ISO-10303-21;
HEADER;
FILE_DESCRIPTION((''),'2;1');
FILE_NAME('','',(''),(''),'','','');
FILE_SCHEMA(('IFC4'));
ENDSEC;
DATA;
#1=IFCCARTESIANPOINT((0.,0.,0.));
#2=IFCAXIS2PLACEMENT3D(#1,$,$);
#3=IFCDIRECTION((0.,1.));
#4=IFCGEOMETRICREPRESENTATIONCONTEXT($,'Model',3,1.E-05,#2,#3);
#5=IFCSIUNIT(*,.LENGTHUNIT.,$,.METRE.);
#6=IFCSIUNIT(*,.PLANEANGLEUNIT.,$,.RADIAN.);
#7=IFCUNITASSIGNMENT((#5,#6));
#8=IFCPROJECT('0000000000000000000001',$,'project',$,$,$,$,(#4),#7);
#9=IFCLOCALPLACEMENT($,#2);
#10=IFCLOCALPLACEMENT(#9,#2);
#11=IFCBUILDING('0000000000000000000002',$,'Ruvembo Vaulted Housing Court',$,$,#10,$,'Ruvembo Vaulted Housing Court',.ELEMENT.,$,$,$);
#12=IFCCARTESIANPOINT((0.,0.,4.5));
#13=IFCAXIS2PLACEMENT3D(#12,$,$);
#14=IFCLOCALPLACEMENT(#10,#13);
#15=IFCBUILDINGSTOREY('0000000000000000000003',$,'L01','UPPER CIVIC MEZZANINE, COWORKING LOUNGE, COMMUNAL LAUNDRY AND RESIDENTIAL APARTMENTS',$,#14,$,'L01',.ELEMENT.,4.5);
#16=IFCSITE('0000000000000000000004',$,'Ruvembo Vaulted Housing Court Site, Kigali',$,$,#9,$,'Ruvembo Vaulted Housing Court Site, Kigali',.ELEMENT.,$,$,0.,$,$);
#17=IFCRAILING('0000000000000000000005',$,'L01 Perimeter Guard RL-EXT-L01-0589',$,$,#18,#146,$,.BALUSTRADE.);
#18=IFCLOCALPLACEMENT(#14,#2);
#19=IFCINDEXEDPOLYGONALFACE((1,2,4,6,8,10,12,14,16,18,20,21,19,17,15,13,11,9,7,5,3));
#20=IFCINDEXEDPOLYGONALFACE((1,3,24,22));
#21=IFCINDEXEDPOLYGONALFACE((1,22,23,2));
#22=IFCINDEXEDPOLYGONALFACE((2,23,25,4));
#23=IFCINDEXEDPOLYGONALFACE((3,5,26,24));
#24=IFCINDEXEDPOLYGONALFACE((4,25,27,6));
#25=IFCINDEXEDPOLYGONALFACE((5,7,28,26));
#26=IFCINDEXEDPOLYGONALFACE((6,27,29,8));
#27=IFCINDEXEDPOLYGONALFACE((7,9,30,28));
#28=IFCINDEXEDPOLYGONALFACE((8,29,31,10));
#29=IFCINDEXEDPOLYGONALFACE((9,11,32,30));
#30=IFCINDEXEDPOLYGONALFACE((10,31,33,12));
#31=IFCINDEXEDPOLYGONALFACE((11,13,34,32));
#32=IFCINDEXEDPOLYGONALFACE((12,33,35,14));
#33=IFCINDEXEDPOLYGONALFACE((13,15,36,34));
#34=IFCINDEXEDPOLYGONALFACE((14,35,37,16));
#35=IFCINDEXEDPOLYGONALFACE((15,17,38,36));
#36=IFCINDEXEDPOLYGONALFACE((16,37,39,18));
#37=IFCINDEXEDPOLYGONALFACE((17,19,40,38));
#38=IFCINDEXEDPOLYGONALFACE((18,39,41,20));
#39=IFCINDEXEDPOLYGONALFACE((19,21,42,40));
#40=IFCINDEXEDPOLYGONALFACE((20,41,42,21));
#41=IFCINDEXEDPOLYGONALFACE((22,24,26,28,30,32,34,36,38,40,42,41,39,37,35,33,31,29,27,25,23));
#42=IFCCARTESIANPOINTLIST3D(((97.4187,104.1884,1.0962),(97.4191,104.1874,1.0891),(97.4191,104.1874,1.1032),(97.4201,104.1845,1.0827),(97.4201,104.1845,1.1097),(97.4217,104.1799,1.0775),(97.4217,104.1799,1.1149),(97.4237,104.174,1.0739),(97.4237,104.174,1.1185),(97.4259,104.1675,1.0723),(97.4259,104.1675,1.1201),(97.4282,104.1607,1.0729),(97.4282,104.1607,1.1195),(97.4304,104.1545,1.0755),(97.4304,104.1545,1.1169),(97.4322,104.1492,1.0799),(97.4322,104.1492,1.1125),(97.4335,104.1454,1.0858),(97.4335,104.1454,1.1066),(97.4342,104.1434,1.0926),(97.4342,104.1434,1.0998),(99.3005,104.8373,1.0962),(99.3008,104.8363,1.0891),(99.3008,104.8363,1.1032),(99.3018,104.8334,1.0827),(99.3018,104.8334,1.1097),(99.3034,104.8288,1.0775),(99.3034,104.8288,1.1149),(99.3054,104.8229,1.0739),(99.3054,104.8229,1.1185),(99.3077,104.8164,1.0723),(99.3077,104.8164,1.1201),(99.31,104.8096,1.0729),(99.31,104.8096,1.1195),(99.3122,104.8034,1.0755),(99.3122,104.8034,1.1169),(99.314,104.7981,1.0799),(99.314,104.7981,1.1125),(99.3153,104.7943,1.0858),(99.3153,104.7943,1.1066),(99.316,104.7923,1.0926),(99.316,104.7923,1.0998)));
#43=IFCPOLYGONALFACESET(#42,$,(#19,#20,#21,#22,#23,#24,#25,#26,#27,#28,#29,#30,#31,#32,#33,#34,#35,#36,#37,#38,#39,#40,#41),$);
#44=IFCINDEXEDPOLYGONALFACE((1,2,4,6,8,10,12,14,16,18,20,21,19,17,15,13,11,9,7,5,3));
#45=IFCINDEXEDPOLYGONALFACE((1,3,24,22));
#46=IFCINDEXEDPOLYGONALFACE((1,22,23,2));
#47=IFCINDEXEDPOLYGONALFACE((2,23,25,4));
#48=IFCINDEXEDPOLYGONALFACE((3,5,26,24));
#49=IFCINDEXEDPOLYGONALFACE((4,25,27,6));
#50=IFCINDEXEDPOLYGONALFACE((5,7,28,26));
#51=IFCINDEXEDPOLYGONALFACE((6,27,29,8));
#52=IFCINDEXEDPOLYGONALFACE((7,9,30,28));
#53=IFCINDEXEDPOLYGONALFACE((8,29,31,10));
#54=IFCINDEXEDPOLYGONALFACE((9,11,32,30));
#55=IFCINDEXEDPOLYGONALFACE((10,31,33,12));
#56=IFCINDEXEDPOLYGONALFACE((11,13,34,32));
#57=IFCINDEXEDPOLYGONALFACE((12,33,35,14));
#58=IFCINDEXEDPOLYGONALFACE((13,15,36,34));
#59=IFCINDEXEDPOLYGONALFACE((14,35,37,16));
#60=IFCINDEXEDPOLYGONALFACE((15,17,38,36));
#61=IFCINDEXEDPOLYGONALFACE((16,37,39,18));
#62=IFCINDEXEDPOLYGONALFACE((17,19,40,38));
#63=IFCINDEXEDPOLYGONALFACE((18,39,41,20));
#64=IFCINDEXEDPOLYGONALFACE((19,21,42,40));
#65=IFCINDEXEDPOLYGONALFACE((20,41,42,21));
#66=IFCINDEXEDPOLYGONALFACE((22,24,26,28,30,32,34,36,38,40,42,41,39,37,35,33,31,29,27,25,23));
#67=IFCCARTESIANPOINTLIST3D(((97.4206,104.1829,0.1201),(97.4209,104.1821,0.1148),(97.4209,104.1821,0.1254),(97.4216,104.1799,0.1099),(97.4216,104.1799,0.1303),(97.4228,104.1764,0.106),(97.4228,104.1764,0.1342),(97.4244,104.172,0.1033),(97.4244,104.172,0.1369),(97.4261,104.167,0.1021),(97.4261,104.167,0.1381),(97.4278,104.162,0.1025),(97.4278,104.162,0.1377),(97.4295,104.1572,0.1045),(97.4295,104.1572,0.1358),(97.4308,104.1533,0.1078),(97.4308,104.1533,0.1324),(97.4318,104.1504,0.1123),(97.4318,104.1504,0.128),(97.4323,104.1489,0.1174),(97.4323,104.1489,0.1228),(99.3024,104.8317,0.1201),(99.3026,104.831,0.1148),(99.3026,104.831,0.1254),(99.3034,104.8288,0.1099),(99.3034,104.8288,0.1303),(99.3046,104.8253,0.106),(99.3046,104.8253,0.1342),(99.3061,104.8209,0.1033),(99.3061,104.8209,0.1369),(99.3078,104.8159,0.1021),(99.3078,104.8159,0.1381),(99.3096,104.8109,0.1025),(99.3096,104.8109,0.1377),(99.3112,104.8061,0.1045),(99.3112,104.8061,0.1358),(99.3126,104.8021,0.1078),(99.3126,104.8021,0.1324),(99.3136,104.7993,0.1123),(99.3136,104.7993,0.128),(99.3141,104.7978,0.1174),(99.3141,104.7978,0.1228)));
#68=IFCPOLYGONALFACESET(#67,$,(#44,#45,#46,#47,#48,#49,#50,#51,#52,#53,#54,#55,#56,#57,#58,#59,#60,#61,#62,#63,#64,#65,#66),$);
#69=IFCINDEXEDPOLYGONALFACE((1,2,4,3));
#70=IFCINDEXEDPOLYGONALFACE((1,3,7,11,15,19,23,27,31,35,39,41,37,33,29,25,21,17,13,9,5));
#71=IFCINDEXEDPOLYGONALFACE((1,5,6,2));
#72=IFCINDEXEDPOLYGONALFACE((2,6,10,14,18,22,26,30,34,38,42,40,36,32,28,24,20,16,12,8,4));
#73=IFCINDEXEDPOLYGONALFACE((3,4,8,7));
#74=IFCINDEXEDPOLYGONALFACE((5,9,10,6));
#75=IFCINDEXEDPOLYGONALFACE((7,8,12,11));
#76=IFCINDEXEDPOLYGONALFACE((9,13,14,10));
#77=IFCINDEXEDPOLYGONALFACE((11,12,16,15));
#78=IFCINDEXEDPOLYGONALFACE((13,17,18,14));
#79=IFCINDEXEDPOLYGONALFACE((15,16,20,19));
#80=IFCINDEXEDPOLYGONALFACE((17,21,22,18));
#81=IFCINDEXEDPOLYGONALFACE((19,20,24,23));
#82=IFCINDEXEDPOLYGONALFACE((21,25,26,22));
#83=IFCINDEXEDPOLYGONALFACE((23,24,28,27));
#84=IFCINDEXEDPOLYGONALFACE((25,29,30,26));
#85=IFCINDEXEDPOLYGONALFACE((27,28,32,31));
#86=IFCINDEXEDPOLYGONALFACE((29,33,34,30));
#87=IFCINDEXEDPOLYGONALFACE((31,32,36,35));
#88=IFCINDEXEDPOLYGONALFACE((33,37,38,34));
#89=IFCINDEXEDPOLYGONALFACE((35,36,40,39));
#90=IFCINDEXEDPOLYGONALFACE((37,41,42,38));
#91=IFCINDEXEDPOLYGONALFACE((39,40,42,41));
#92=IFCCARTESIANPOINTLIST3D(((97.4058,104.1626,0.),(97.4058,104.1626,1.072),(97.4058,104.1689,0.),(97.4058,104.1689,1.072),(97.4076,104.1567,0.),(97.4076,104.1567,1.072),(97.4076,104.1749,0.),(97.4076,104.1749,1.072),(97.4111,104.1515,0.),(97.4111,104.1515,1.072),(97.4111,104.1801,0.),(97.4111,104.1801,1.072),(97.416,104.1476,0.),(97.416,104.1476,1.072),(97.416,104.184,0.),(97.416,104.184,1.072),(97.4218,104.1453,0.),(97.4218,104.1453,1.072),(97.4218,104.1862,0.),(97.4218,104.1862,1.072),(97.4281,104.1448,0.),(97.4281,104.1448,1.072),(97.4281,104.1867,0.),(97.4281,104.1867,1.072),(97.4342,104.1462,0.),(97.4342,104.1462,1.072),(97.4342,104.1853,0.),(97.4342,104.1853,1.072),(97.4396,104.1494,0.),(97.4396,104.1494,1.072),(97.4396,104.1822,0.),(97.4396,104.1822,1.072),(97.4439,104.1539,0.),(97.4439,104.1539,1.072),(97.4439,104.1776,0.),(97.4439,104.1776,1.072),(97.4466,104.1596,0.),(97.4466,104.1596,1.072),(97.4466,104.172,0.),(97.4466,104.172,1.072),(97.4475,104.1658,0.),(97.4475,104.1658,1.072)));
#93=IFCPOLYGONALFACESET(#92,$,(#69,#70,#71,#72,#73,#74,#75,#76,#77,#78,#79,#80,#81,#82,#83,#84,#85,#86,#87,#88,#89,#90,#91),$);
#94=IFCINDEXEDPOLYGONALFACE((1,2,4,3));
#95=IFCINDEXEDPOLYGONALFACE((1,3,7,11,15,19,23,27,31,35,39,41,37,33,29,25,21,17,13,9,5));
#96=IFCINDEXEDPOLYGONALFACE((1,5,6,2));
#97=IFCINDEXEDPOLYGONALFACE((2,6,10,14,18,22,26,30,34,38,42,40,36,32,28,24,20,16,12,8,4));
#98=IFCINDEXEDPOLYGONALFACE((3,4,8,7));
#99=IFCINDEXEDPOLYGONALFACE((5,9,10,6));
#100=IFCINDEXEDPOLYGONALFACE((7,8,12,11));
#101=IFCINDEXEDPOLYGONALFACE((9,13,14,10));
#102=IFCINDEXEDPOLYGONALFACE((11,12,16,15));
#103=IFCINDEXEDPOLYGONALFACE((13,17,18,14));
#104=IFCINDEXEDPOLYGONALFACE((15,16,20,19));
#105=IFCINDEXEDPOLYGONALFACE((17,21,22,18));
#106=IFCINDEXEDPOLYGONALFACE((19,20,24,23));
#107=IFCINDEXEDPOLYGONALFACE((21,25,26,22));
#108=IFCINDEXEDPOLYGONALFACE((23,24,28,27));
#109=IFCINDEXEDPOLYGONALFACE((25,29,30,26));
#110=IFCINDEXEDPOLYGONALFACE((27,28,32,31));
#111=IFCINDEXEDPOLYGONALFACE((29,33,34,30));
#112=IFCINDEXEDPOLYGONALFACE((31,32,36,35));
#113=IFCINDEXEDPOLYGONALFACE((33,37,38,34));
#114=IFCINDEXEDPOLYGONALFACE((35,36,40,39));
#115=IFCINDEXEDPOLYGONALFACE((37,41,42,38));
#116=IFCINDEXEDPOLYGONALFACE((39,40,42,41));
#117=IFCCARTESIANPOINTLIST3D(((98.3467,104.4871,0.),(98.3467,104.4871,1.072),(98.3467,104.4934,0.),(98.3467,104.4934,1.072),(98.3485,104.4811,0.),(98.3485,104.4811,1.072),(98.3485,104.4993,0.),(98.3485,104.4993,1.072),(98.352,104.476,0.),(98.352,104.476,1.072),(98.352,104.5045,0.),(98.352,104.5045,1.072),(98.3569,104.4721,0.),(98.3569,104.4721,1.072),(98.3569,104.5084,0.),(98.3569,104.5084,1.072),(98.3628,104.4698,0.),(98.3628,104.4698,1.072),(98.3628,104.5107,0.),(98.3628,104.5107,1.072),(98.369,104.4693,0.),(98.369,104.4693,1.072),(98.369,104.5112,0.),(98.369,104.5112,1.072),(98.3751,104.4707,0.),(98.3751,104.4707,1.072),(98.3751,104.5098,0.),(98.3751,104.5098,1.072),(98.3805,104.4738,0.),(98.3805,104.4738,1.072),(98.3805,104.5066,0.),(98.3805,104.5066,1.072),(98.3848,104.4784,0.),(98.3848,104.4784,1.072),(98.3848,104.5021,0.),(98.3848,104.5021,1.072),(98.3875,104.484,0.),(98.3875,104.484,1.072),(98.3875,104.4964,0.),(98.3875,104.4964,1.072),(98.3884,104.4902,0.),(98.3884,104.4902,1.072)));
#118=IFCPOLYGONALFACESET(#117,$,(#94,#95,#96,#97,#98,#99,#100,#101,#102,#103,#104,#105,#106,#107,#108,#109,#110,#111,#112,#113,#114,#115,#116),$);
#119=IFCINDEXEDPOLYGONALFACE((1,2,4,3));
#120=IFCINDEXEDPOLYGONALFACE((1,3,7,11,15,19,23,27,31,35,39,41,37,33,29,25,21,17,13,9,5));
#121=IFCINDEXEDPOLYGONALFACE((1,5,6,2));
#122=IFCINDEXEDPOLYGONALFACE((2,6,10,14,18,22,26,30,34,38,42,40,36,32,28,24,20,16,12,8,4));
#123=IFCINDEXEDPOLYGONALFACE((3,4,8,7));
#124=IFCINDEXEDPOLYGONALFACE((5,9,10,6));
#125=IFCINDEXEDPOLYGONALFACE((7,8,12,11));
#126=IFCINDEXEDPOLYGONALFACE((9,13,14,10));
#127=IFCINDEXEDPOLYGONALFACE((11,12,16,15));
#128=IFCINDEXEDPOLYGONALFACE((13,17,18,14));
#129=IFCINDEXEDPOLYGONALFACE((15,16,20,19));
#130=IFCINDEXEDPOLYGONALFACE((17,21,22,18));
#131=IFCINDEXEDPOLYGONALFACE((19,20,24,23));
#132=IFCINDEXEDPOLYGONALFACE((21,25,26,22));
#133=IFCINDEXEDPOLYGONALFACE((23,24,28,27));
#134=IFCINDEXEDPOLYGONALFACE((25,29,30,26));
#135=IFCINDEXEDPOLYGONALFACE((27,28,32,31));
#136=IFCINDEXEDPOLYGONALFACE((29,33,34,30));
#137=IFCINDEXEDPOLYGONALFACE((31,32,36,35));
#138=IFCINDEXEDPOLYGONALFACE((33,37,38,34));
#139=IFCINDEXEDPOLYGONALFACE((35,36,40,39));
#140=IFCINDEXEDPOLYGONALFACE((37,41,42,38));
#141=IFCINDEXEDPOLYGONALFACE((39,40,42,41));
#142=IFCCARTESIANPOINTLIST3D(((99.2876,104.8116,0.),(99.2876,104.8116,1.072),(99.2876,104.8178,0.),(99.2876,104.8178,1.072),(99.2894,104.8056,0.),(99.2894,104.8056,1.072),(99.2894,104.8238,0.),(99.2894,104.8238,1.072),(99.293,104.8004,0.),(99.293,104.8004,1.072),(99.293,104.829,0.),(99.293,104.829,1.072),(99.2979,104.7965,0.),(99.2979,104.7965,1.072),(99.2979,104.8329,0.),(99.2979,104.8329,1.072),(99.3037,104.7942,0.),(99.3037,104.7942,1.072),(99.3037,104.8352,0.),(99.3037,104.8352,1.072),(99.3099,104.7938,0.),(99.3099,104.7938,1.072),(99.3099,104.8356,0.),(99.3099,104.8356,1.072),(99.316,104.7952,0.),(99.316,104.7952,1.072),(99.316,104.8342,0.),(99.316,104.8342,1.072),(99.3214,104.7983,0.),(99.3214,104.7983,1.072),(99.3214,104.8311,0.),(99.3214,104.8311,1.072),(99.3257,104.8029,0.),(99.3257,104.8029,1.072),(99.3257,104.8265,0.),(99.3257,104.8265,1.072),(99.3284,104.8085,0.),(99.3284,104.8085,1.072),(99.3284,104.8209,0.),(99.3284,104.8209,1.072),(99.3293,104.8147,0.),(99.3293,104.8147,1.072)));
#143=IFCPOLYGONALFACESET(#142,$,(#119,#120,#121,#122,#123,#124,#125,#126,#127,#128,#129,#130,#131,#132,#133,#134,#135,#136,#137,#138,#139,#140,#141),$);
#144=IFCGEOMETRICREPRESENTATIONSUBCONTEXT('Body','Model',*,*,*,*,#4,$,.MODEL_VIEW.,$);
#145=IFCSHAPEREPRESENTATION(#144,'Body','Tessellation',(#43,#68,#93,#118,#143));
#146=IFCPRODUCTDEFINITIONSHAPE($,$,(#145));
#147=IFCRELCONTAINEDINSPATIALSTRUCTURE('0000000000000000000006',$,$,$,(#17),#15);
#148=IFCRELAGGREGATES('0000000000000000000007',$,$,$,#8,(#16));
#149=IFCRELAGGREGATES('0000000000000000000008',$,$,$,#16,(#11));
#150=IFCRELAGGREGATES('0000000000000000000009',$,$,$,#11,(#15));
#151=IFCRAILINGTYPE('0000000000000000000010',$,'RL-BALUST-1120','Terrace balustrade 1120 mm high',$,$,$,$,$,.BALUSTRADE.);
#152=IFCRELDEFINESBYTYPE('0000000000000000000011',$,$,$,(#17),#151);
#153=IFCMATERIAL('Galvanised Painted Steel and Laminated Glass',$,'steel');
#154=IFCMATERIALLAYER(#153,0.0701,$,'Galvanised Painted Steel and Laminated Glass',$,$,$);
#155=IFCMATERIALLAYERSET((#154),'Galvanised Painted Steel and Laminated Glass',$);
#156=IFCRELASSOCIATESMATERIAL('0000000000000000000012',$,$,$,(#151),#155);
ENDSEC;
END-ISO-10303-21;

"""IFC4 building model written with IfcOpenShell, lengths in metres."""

from ifc_helpers import new_model, si_unit, direction, frame, origin, origin_2d, place, context, subcontext, project, spatial, circle, extrude, material, layer, layer_set, type_object, element, save


model = new_model("IFC4")

# Units and contexts
model_context = context("Model", 3, precision=1e-05, world=origin(), true_north=direction((0.0, 1.0)))
body_context = subcontext(model_context, "Body", "Model", "MODEL_VIEW")
ifc_project = project(units=[si_unit("LENGTHUNIT", "METRE"), si_unit("PLANEANGLEUNIT", "RADIAN")], contexts=[model_context])

# Site, building, storey
site_placement = place(None, origin())
site = spatial("IfcSite", under=ifc_project, at=site_placement, Name="Ruvembo Vaulted Housing Court Site, Kigali", LongName="Ruvembo Vaulted Housing Court Site, Kigali", CompositionType="ELEMENT", RefElevation=0.0)
building_placement = place(site_placement, origin())
building = spatial("IfcBuilding", under=site, at=building_placement, Name="Ruvembo Vaulted Housing Court", LongName="Ruvembo Vaulted Housing Court", CompositionType="ELEMENT")
storey_placement = place(building_placement, frame((0.0, 0.0, 4.5)))
storey = spatial("IfcBuildingStorey", under=building, at=storey_placement, Name="L01", Description="UPPER CIVIC MEZZANINE, COWORKING LOUNGE, COMMUNAL LAUNDRY AND RESIDENTIAL APARTMENTS", LongName="L01", CompositionType="ELEMENT", Elevation=4.5)

# Railing
ifc_material_1 = material(Name="Galvanised Painted Steel and Laminated Glass", Category="steel")
ifc_layer_1 = layer(ifc_material_1, 0.0701, Name="Galvanised Painted Steel and Laminated Glass")
ifc_layer_set_1 = layer_set([ifc_layer_1], Name="Galvanised Painted Steel and Laminated Glass")
railing_type = type_object("IfcRailingType", Name="RL-BALUST-1120", Description="Terrace balustrade 1120 mm high", PredefinedType="BALUSTRADE", material=ifc_layer_set_1)
railing_1_placement = place(storey_placement, frame((97.4265, 104.1658, 0.0)))
element("IfcRailing", 1, at=railing_1_placement, inside=storey, type_object=railing_type, Name="L01 Perimeter Guard RL-EXT-L01-0589", PredefinedType="BALUSTRADE", context=body_context, shape_type="SweptSolid", body=[
    extrude(circle(Radius=0.0239, at=origin_2d()), frame((0.0, 0.0, 1.0962), z_axis=(0.94537, 0.325998, 0.0), x_axis=(-0.325998, 0.94537, 0.0)), (0.0, 0.0, 1.0), 1.9905),
    extrude(circle(Radius=0.0181, at=origin_2d()), frame((0.0, 0.0, 0.1201), z_axis=(0.94537, 0.325998, 0.0), x_axis=(-0.325998, 0.94537, 0.0)), (0.0, 0.0, 1.0), 1.9905),
    extrude(circle(Radius=0.021, at=origin_2d()), origin(), (0.0, 0.0, 1.0), 1.072),
    extrude(circle(Radius=0.021, at=origin_2d()), frame((0.9409, 0.3245, 0.0)), (0.0, 0.0, 1.0), 1.072),
    extrude(circle(Radius=0.021, at=origin_2d()), frame((1.8818, 0.6489, 0.0)), (0.0, 0.0, 1.0), 1.072),
])

save(model, "model.ifc")
